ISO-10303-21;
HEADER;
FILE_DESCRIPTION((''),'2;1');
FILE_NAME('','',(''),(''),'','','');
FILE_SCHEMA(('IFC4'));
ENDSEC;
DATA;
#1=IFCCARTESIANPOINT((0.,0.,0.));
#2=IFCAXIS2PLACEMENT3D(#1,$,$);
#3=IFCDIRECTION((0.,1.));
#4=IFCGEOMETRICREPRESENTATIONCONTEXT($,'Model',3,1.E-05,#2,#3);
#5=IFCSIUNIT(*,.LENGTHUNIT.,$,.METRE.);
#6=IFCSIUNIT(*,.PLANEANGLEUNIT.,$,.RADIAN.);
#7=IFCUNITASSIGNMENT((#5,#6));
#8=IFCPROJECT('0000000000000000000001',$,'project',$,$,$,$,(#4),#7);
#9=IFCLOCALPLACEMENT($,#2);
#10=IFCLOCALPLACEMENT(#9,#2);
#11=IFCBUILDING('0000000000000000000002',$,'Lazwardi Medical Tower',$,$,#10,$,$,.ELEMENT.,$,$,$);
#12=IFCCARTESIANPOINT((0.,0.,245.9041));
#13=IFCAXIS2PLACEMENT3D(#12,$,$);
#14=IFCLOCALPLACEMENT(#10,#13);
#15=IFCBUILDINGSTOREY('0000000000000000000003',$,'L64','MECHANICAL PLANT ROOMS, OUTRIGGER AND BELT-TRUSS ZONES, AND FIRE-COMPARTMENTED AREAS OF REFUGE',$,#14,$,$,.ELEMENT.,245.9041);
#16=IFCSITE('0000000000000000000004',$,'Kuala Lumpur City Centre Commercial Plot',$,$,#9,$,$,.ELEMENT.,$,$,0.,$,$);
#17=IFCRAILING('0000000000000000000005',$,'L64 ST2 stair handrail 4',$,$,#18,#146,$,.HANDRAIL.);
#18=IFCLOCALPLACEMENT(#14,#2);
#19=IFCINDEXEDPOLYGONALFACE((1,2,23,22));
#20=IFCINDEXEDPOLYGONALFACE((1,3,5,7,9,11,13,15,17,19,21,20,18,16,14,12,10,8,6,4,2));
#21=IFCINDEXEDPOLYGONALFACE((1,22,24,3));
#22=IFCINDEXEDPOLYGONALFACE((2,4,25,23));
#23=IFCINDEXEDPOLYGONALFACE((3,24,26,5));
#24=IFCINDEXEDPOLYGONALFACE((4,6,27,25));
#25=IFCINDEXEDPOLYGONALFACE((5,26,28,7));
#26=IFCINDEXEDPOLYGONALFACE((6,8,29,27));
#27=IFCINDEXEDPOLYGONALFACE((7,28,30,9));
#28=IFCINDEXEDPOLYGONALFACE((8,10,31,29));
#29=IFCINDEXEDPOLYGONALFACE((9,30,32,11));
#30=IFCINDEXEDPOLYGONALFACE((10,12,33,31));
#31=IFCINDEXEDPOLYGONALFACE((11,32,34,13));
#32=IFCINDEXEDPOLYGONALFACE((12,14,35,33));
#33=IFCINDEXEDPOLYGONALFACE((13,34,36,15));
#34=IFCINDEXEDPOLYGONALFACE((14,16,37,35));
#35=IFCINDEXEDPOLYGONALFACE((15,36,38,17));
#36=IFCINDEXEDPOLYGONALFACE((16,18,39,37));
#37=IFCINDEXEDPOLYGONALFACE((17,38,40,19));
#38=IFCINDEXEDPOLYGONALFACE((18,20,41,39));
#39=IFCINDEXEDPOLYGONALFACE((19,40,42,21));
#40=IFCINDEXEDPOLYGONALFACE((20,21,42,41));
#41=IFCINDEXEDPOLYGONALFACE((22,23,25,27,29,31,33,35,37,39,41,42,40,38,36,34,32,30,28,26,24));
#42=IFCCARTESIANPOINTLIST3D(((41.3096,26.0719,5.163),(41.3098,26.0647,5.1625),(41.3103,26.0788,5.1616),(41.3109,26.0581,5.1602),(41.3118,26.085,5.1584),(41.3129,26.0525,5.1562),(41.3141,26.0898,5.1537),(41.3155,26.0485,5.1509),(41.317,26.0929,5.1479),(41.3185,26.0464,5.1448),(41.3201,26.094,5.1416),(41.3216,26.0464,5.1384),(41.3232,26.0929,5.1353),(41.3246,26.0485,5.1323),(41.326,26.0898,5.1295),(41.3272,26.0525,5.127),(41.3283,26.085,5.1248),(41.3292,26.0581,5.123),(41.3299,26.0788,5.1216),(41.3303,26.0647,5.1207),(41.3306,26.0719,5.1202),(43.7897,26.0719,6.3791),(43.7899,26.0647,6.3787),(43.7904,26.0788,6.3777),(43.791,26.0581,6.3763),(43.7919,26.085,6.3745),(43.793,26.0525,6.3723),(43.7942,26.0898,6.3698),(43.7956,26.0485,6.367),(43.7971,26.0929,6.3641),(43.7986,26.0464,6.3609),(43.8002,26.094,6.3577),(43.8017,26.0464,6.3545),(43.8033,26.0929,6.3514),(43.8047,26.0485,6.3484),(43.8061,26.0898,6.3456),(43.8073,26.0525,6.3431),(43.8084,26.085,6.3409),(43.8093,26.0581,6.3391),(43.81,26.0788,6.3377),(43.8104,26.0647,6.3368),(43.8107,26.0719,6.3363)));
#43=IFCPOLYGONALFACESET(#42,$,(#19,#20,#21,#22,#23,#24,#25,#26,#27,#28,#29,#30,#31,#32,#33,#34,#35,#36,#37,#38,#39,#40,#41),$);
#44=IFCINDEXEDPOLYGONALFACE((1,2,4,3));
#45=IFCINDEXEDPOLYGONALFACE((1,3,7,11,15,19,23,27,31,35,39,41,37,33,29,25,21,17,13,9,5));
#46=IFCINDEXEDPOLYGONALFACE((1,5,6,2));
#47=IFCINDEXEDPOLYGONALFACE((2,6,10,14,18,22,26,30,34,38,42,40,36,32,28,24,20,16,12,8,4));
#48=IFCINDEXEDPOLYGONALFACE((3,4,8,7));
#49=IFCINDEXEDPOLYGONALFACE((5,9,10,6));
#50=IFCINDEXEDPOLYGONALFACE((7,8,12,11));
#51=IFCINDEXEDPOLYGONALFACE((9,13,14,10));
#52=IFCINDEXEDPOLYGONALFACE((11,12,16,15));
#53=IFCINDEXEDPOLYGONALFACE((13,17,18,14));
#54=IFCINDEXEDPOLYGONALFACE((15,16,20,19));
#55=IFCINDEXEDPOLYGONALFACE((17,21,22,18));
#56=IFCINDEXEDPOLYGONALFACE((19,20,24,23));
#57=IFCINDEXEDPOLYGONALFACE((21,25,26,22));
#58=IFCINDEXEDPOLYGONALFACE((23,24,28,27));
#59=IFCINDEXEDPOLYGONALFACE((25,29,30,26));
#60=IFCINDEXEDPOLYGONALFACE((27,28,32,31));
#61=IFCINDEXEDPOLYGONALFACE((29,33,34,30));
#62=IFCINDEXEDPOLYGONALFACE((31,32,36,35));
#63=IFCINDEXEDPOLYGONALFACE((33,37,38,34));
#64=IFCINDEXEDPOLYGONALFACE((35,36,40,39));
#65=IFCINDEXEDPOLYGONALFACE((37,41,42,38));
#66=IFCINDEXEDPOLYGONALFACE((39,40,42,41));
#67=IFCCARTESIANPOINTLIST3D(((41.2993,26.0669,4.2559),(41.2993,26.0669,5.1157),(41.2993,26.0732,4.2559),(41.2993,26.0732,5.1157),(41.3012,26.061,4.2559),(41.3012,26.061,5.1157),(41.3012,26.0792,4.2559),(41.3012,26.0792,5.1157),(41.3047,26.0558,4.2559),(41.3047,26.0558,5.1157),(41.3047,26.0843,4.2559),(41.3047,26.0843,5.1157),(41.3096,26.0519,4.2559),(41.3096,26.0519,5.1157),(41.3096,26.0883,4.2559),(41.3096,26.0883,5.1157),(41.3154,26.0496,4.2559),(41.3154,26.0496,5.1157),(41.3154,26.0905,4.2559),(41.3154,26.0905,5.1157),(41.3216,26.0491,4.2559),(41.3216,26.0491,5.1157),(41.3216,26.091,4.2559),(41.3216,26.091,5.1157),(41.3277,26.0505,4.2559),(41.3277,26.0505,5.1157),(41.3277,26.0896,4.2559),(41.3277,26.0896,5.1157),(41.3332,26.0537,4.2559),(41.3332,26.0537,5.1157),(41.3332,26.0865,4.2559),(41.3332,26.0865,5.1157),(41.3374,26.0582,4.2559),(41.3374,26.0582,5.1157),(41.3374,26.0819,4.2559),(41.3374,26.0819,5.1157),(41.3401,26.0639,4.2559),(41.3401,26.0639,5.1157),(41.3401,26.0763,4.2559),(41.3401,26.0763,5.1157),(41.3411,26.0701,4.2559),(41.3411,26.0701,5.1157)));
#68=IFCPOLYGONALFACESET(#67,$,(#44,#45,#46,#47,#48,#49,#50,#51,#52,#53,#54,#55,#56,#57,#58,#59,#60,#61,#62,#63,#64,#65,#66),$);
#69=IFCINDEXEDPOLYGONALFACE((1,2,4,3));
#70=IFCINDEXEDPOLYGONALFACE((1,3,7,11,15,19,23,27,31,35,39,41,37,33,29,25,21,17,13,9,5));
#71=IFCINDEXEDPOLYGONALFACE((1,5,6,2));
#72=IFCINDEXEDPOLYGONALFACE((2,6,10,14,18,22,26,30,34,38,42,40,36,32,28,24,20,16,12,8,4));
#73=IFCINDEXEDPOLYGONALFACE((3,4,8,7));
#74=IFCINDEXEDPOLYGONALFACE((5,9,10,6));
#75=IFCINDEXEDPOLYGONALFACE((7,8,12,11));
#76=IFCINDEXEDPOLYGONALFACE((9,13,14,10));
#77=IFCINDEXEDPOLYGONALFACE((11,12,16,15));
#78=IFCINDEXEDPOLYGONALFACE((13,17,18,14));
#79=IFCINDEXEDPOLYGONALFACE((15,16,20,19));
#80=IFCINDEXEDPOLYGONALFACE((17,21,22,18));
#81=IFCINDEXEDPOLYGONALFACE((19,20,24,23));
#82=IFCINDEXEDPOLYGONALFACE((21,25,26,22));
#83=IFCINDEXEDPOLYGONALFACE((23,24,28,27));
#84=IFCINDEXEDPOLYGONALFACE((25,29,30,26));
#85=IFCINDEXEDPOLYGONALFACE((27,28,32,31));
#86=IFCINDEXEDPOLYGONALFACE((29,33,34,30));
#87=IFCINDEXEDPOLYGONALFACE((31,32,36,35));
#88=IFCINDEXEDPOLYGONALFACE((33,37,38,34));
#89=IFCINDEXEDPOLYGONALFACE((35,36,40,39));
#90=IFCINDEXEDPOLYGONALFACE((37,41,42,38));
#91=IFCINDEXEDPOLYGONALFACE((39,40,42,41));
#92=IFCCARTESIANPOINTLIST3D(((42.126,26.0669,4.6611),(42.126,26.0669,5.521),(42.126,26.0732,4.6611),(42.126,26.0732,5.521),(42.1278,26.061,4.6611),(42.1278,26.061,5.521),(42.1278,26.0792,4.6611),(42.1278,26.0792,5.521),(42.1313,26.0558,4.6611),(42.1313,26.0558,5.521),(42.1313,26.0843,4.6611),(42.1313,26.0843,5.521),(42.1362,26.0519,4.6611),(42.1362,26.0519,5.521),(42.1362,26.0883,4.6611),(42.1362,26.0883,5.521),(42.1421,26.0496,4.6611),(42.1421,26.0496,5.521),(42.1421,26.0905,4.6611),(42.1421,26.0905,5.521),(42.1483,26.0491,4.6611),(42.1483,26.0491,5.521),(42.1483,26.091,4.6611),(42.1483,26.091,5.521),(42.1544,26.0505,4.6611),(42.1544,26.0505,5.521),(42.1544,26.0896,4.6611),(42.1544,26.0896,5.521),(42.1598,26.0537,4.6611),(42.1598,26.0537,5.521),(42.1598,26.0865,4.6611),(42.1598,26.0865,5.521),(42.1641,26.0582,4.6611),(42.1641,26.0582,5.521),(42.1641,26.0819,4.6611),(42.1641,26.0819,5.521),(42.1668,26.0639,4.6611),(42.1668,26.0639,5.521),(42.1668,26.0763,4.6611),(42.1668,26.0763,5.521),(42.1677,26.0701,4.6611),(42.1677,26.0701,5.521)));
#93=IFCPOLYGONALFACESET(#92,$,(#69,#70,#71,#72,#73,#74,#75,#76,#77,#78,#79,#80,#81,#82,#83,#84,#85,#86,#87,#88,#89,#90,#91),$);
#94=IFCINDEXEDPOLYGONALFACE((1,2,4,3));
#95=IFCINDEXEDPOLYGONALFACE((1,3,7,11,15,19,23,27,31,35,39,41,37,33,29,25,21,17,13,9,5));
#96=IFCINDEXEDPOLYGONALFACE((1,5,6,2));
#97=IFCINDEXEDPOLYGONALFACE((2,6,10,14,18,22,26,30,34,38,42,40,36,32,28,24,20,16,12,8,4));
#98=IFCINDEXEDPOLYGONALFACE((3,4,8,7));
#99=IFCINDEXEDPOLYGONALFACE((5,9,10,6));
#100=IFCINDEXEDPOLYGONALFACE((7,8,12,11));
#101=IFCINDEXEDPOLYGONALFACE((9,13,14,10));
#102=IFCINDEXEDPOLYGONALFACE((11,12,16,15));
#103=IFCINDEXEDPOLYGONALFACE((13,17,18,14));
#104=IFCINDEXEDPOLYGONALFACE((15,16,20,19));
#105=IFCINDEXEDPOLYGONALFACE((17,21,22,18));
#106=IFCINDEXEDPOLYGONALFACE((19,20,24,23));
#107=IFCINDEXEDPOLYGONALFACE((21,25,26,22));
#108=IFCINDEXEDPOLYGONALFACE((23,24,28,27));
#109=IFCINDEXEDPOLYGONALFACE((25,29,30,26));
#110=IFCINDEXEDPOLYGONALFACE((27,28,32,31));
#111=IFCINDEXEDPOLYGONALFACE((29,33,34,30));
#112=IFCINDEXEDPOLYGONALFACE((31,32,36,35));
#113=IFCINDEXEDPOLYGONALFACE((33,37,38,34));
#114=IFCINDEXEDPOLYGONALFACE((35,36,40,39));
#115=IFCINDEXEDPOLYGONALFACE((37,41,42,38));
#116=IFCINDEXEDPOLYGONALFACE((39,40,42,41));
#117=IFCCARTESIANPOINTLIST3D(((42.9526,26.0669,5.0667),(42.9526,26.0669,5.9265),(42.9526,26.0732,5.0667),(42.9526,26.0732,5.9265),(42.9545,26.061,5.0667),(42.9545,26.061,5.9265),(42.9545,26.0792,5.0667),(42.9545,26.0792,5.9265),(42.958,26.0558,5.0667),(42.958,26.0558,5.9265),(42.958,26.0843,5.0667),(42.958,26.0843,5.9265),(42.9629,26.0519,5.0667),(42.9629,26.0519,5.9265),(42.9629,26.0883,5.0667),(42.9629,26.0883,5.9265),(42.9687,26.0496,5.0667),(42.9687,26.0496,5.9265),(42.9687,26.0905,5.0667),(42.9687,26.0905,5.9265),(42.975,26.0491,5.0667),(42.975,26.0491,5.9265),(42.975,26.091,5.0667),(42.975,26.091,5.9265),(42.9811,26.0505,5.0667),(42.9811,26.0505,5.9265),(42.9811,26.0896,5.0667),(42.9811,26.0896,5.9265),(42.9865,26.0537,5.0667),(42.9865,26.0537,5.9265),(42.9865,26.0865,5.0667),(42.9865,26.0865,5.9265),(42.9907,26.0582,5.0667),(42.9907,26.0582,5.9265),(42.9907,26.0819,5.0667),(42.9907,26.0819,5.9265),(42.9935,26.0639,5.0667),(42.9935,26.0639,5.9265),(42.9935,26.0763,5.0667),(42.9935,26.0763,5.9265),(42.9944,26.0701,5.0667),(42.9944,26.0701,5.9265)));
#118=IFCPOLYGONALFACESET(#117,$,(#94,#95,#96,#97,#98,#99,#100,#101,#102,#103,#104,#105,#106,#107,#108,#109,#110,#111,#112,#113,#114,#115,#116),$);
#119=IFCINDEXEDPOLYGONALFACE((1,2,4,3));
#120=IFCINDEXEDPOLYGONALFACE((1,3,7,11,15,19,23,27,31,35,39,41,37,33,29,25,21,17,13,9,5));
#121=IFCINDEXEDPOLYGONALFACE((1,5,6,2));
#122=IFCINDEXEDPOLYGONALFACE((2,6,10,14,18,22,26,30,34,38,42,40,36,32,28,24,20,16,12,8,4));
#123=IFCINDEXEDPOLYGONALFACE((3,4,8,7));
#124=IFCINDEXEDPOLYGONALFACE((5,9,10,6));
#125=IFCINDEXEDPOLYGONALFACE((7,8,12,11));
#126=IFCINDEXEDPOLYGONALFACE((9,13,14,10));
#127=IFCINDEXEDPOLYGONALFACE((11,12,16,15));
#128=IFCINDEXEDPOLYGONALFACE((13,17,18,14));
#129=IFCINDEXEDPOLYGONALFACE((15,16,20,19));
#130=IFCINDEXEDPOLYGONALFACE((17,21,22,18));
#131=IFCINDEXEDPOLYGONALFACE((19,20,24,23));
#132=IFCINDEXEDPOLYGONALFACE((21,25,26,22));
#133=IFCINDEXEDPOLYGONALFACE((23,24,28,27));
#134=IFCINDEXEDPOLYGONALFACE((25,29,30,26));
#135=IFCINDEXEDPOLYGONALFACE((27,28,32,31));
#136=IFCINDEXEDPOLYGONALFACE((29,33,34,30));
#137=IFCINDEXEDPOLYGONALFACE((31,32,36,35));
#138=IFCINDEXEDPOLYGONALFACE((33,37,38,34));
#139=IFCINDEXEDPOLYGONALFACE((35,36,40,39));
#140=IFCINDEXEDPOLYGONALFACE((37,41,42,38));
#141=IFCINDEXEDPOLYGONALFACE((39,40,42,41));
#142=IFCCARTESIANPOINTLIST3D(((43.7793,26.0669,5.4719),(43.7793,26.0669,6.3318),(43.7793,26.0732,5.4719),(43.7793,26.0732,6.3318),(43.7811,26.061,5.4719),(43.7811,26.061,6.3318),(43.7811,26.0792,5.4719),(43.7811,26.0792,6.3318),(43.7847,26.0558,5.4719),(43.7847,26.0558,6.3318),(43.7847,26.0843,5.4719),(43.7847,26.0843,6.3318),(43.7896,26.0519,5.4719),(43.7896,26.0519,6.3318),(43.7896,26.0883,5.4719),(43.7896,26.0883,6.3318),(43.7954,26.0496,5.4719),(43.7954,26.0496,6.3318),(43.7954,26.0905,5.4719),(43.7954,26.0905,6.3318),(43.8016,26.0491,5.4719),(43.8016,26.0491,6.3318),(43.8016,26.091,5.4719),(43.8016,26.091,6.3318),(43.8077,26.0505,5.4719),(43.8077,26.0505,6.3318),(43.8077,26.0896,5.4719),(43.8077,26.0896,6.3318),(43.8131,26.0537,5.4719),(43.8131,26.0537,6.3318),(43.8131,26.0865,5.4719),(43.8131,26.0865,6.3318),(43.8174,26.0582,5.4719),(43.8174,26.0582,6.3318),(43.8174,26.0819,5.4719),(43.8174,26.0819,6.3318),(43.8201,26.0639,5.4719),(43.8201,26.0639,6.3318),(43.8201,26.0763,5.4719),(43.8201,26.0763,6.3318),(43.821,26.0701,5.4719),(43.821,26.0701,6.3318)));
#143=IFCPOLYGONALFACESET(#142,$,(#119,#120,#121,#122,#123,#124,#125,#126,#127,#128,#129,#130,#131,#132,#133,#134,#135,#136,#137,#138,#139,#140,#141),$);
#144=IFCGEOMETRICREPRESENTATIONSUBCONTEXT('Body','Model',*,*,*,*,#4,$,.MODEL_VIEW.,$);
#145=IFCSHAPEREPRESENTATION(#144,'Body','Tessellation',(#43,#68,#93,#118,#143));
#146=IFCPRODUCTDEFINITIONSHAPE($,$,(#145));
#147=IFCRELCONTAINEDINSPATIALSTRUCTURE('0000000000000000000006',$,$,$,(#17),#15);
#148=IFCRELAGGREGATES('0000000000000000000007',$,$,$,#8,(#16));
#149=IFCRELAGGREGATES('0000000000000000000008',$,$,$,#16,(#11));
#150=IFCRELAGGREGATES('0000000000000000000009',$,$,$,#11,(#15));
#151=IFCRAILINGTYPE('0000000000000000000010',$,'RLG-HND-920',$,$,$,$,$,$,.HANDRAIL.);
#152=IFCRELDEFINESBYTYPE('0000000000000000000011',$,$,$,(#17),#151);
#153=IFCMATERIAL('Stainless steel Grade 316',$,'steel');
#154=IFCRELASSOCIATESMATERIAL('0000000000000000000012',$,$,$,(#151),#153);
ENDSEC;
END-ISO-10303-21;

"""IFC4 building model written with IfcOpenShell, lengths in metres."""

from ifc_helpers import new_model, si_unit, direction, frame, origin, origin_2d, place, context, subcontext, project, spatial, circle, extrude, material, type_object, element, save


model = new_model("IFC4")

# Units and contexts
model_context = context("Model", 3, precision=1e-05, world=origin(), true_north=direction((0.0, 1.0)))
body_context = subcontext(model_context, "Body", "Model", "MODEL_VIEW")
ifc_project = project(units=[si_unit("LENGTHUNIT", "METRE"), si_unit("PLANEANGLEUNIT", "RADIAN")], contexts=[model_context])

# Site, building, storey
site_placement = place(None, origin())
site = spatial("IfcSite", under=ifc_project, at=site_placement, Name="Kuala Lumpur City Centre Commercial Plot", CompositionType="ELEMENT", RefElevation=0.0)
building_placement = place(site_placement, origin())
building = spatial("IfcBuilding", under=site, at=building_placement, Name="Lazwardi Medical Tower", CompositionType="ELEMENT")
storey_placement = place(building_placement, frame((0.0, 0.0, 245.9041)))
storey = spatial("IfcBuildingStorey", under=building, at=storey_placement, Name="L64", Description="MECHANICAL PLANT ROOMS, OUTRIGGER AND BELT-TRUSS ZONES, AND FIRE-COMPARTMENTED AREAS OF REFUGE", CompositionType="ELEMENT", Elevation=245.9041)

# Railing
ifc_material_1 = material(Name="Stainless steel Grade 316", Category="steel")
railing_type_1 = type_object("IfcRailingType", Name="RLG-HND-920", PredefinedType="HANDRAIL", material=ifc_material_1)
railing_1_placement = place(storey_placement, frame((41.3201, 26.0701, 4.2559)))
element("IfcRailing", 1, at=railing_1_placement, inside=storey, type_object=railing_type_1, Name="L64 ST2 stair handrail 4", PredefinedType="HANDRAIL", context=body_context, shape_type="SweptSolid", body=[
    extrude(circle(Radius=0.0239, at=origin_2d()), frame((0.0, 0.0, 0.8857), z_axis=(0.897865, 0.0, 0.44027), x_axis=(0.0, 1.0, 0.0)), (0.0, 0.0, 1.0), 2.7622),
    extrude(circle(Radius=0.021, at=origin_2d()), origin(), (0.0, 0.0, 1.0), 0.8599),
    extrude(circle(Radius=0.021, at=origin_2d()), frame((0.8267, 0.0, 0.4053)), (0.0, 0.0, 1.0), 0.8599),
    extrude(circle(Radius=0.021, at=origin_2d()), frame((1.6533, 0.0, 0.8108)), (0.0, 0.0, 1.0), 0.8599),
    extrude(circle(Radius=0.021, at=origin_2d()), frame((2.48, 0.0, 1.2161)), (0.0, 0.0, 1.0), 0.8599),
])

save(model, "model.ifc")
